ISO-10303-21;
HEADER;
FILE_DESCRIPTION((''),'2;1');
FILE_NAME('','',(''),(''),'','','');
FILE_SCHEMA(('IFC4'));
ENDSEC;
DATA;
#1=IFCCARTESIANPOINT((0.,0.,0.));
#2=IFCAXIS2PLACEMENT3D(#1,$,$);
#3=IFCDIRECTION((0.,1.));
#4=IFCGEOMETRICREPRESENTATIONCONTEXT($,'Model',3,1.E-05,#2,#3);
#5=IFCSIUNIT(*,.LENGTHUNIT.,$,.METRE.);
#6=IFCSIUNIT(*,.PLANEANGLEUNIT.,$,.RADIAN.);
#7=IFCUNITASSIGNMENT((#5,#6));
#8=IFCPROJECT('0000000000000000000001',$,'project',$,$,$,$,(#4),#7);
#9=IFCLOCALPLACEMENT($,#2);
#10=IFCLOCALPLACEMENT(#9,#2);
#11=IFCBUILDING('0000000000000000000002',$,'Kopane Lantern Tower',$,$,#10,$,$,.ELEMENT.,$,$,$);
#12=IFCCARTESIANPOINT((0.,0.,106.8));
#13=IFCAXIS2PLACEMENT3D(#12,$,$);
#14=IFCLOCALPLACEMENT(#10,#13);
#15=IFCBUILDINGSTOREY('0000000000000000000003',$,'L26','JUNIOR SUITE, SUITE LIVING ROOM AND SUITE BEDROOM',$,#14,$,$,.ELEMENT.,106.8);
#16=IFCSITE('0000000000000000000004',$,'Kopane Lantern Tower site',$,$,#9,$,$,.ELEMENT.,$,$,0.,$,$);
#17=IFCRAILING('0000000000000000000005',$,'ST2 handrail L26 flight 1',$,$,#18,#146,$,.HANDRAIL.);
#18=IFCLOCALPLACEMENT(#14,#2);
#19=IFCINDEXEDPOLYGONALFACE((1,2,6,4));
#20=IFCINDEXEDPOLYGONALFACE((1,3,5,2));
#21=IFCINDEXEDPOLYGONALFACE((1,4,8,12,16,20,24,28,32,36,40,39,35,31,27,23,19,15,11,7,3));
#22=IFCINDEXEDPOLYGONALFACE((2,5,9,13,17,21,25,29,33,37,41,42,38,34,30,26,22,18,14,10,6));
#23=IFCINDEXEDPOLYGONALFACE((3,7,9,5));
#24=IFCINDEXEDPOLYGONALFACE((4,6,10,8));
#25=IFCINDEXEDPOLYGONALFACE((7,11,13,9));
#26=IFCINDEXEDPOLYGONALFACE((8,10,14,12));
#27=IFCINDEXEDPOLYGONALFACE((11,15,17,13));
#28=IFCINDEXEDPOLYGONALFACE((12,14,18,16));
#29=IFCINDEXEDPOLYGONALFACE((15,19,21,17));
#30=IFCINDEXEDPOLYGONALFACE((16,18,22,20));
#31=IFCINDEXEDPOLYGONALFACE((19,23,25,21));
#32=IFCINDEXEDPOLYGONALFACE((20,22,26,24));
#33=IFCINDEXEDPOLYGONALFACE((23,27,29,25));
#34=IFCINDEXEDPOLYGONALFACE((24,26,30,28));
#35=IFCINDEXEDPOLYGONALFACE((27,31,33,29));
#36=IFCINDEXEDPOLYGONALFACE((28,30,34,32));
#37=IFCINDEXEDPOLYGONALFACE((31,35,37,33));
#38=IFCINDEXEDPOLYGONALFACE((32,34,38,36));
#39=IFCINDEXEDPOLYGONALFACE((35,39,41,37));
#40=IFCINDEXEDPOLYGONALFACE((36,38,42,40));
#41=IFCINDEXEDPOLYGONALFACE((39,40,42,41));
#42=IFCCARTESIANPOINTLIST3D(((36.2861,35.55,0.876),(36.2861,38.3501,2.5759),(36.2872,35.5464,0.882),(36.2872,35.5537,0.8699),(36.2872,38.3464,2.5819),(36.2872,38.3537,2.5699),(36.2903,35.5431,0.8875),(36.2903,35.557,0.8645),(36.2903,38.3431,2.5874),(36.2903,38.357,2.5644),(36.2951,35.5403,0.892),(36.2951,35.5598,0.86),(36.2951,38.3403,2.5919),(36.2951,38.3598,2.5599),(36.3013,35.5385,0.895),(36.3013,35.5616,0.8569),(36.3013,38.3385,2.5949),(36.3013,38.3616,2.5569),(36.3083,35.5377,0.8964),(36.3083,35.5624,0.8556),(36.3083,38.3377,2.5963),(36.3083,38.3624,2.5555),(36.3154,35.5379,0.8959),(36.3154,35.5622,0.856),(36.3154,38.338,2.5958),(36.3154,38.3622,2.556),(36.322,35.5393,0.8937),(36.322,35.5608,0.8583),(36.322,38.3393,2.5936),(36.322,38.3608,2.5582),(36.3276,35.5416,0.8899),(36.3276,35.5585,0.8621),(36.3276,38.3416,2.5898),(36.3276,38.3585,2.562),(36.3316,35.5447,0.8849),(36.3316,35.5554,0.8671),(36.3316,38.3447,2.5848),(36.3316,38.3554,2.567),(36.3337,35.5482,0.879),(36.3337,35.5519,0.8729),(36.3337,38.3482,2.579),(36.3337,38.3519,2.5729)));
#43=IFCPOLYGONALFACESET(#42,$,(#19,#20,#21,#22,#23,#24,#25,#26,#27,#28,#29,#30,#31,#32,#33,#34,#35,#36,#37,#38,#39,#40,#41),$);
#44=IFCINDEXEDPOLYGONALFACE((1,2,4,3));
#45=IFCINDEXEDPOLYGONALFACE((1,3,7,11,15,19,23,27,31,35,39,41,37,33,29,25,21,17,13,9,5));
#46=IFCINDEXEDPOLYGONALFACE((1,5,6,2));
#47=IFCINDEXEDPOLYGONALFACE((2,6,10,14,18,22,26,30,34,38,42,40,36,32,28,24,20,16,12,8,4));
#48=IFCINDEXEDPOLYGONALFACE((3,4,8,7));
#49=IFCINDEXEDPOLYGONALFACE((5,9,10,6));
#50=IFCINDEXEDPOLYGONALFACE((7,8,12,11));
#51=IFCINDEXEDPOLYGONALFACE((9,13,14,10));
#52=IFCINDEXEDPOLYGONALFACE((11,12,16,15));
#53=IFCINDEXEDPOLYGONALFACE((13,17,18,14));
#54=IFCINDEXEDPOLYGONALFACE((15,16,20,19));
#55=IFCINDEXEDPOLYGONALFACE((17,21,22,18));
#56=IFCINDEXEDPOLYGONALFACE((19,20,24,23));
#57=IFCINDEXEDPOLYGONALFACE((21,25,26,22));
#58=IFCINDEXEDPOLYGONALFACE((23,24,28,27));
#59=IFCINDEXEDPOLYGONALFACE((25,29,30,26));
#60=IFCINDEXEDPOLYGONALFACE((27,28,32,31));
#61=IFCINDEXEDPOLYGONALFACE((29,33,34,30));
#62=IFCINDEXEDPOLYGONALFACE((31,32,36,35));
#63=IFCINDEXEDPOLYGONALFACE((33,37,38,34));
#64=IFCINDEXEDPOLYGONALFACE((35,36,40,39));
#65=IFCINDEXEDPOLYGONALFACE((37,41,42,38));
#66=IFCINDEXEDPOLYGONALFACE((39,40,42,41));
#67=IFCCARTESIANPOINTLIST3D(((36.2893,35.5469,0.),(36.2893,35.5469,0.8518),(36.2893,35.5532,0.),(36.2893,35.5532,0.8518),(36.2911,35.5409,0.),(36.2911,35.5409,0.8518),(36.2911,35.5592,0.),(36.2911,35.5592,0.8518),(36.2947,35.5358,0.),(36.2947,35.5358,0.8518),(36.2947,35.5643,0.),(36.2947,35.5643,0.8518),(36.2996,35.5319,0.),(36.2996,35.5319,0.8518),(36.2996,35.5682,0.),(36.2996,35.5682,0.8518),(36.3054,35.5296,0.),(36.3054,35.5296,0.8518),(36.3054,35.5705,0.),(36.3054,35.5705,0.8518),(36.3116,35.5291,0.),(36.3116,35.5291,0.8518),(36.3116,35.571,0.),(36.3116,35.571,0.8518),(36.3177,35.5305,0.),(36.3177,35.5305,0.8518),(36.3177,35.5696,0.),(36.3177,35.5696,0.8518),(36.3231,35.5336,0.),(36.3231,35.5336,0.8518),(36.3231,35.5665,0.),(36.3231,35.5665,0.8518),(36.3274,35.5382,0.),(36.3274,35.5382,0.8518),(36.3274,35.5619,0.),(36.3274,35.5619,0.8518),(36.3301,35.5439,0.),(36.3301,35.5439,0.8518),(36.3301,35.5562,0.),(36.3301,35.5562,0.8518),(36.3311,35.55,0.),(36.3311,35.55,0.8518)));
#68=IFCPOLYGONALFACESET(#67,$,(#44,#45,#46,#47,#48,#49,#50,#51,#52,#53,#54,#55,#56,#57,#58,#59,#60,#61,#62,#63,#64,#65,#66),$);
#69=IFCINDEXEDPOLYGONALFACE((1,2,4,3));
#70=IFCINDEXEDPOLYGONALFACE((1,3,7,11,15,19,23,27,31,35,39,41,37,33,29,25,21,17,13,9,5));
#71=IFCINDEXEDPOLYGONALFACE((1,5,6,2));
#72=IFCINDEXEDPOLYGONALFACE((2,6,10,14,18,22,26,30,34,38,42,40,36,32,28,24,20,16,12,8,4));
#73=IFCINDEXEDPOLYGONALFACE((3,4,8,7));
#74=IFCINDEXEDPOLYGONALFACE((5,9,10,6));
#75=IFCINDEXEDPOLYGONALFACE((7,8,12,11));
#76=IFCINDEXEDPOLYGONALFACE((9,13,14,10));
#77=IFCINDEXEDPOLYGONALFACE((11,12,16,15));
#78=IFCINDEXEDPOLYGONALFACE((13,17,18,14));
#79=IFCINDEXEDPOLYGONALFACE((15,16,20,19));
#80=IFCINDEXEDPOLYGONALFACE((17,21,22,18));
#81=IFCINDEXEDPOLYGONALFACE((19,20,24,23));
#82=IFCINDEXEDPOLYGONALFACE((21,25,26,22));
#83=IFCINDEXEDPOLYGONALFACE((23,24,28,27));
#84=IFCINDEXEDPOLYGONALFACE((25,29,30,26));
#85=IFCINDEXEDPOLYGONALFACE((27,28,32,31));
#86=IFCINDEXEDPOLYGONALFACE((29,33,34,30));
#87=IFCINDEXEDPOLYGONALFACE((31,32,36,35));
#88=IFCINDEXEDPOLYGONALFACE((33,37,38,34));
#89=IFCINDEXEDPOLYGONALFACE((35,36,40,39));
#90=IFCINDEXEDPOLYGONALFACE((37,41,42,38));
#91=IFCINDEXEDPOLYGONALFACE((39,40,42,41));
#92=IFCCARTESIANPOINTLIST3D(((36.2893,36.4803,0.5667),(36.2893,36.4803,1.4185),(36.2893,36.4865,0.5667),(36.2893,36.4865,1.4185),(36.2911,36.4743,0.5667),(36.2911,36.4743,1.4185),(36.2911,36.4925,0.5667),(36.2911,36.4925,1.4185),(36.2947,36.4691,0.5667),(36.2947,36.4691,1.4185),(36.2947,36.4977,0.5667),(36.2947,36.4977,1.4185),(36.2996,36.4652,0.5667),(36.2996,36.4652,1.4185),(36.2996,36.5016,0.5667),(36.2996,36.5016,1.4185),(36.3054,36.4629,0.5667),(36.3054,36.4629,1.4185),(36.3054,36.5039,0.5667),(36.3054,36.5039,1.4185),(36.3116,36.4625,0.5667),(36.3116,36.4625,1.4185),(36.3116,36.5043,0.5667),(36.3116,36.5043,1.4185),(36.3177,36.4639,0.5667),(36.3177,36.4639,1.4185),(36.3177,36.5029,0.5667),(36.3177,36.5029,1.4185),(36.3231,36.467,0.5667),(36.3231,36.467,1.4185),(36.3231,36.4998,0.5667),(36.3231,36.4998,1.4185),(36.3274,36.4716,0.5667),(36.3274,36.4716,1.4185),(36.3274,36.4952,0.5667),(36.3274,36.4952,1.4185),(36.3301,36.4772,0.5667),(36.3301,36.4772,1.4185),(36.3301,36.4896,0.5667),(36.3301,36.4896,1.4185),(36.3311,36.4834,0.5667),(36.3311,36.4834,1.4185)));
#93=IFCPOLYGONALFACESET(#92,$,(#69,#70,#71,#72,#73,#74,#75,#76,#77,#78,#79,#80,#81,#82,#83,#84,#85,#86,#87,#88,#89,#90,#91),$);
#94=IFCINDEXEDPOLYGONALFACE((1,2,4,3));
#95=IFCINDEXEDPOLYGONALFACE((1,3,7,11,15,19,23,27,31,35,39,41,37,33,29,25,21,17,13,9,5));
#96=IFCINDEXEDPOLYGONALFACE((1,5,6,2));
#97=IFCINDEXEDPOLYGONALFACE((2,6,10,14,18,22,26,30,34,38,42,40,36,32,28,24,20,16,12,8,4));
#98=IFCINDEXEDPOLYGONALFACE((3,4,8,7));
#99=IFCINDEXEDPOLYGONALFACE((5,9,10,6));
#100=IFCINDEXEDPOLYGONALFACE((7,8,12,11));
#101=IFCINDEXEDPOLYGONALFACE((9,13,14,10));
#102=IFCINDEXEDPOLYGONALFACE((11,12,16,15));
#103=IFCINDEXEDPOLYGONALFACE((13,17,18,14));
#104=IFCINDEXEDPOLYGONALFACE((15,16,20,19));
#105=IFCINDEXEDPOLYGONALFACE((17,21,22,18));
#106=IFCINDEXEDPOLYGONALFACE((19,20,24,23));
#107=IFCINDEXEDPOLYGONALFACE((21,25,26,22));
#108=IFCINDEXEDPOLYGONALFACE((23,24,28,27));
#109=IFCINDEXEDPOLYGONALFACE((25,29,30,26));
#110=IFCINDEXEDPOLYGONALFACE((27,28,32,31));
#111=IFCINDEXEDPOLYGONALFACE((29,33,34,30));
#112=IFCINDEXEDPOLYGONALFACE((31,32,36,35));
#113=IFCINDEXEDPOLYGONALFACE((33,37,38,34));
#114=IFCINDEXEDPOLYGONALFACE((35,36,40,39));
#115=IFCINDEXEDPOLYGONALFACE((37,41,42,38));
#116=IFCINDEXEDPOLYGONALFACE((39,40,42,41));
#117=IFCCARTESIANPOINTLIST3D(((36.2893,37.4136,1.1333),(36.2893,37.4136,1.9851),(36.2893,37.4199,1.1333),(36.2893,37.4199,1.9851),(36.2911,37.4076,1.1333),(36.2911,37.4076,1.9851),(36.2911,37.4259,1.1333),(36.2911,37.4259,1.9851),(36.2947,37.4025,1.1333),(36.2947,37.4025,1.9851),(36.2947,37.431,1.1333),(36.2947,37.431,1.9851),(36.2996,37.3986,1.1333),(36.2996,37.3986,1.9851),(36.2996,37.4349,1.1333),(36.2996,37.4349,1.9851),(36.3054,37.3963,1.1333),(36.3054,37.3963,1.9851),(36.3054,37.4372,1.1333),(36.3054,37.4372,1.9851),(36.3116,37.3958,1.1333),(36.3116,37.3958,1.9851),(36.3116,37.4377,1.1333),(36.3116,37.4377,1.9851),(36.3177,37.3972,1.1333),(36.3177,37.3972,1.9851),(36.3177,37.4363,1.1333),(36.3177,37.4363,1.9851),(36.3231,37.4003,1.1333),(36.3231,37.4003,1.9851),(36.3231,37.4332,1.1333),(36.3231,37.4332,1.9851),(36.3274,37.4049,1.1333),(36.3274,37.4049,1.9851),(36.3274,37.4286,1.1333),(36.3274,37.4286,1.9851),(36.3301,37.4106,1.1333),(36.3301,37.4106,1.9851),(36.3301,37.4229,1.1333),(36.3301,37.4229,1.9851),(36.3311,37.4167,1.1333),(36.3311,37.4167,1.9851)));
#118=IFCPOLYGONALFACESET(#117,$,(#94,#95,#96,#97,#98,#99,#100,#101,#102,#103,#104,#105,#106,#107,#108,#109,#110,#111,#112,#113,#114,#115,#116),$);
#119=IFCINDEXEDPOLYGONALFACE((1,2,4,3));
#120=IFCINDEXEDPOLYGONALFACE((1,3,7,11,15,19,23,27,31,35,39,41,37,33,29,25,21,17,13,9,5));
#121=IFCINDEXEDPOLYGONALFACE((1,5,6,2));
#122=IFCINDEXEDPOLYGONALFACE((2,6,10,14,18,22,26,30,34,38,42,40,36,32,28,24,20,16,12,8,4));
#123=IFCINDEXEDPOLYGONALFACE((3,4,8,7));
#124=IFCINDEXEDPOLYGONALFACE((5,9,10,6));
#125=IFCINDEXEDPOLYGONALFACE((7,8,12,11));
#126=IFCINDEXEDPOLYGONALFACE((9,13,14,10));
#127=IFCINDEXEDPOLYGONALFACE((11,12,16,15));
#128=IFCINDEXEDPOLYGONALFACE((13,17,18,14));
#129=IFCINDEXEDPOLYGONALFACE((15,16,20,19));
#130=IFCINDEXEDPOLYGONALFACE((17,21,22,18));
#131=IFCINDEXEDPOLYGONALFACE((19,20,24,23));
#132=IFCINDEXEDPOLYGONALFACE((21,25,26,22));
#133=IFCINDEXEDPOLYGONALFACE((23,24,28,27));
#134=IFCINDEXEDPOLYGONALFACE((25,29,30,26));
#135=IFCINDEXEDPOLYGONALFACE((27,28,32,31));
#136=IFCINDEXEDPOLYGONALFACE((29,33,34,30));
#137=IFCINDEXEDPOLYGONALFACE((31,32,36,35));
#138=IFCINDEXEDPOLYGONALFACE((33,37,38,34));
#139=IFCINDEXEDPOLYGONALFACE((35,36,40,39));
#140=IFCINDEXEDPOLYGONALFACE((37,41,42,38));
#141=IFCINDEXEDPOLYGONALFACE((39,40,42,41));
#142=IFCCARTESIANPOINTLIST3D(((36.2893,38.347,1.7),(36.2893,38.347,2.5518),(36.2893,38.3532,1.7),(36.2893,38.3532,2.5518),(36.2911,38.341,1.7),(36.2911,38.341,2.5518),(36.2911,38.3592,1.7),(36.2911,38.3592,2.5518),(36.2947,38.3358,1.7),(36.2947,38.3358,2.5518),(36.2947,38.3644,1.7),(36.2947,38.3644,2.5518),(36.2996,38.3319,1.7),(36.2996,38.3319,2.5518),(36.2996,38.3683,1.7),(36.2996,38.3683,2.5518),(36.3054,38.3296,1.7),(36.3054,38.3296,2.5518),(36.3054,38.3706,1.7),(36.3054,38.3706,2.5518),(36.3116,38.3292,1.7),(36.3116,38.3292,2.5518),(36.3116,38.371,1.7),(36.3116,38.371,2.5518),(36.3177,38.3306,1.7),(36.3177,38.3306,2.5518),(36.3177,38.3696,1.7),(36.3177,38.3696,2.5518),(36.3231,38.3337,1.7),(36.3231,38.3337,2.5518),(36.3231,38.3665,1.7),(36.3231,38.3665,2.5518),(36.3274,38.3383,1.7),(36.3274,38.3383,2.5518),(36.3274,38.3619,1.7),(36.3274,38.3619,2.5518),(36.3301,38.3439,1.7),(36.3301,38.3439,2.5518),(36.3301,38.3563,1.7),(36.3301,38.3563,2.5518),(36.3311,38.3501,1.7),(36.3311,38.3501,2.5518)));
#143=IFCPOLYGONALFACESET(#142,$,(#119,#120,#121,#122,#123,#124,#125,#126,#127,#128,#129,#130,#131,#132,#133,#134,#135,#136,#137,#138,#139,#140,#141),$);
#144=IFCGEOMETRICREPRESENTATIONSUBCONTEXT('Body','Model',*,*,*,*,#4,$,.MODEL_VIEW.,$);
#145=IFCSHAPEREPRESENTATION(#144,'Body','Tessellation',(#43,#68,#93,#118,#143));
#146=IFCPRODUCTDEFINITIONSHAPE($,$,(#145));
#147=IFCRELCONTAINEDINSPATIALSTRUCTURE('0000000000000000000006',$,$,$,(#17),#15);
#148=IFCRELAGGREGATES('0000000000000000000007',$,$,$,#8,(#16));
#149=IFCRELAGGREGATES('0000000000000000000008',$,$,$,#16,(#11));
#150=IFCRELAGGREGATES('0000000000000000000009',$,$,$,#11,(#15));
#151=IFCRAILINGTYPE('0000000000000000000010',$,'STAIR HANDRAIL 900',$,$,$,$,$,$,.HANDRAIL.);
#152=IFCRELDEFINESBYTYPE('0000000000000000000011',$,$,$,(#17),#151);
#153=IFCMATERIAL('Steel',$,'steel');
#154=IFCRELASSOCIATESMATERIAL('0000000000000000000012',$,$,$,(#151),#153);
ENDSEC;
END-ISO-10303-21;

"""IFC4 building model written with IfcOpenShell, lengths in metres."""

from ifc_helpers import new_model, si_unit, direction, frame, origin, origin_2d, place, context, subcontext, project, spatial, circle, extrude, material, type_object, element, save


model = new_model("IFC4")

# Units and contexts
model_context = context("Model", 3, precision=1e-05, world=origin(), true_north=direction((0.0, 1.0)))
body_context = subcontext(model_context, "Body", "Model", "MODEL_VIEW")
ifc_project = project(units=[si_unit("LENGTHUNIT", "METRE"), si_unit("PLANEANGLEUNIT", "RADIAN")], contexts=[model_context])

# Site, building, storey
site_placement = place(None, origin())
site = spatial("IfcSite", under=ifc_project, at=site_placement, Name="Kopane Lantern Tower site", CompositionType="ELEMENT", RefElevation=0.0)
building_placement = place(site_placement, origin())
building = spatial("IfcBuilding", under=site, at=building_placement, Name="Kopane Lantern Tower", CompositionType="ELEMENT")
storey_placement = place(building_placement, frame((0.0, 0.0, 106.8)))
storey = spatial("IfcBuildingStorey", under=building, at=storey_placement, Name="L26", Description="JUNIOR SUITE, SUITE LIVING ROOM AND SUITE BEDROOM", CompositionType="ELEMENT", Elevation=106.8)

# Railing
ifc_material_1 = material(Name="Steel", Category="steel")
railing_type_1 = type_object("IfcRailingType", Name="STAIR HANDRAIL 900", PredefinedType="HANDRAIL", material=ifc_material_1)
for number, where, name in (
    (1, (36.3101, 35.55, 0.0), "ST2 handrail L26 flight 1"),
):
    element("IfcRailing", number, at=place(storey_placement, frame(where)), inside=storey, type_object=railing_type_1, Name=name, PredefinedType="HANDRAIL", context=body_context, shape_type="SweptSolid", body=[
        extrude(circle(Radius=0.0239, at=origin_2d()), frame((0.0, 0.0, 0.876), z_axis=(0.0, 0.854798, 0.518961), x_axis=(-1.0, 0.0, 0.0)), (0.0, 0.0, 1.0), 3.2756),
        extrude(circle(Radius=0.021, at=origin_2d()), origin(), (0.0, 0.0, 1.0), 0.8518),
        extrude(circle(Radius=0.021, at=origin_2d()), frame((0.0, 0.9333, 0.5667)), (0.0, 0.0, 1.0), 0.8518),
        extrude(circle(Radius=0.021, at=origin_2d()), frame((0.0, 1.8667, 1.1333)), (0.0, 0.0, 1.0), 0.8518),
        extrude(circle(Radius=0.021, at=origin_2d()), frame((0.0, 2.8, 1.7)), (0.0, 0.0, 1.0), 0.8518),
    ])

save(model, "model.ifc")
